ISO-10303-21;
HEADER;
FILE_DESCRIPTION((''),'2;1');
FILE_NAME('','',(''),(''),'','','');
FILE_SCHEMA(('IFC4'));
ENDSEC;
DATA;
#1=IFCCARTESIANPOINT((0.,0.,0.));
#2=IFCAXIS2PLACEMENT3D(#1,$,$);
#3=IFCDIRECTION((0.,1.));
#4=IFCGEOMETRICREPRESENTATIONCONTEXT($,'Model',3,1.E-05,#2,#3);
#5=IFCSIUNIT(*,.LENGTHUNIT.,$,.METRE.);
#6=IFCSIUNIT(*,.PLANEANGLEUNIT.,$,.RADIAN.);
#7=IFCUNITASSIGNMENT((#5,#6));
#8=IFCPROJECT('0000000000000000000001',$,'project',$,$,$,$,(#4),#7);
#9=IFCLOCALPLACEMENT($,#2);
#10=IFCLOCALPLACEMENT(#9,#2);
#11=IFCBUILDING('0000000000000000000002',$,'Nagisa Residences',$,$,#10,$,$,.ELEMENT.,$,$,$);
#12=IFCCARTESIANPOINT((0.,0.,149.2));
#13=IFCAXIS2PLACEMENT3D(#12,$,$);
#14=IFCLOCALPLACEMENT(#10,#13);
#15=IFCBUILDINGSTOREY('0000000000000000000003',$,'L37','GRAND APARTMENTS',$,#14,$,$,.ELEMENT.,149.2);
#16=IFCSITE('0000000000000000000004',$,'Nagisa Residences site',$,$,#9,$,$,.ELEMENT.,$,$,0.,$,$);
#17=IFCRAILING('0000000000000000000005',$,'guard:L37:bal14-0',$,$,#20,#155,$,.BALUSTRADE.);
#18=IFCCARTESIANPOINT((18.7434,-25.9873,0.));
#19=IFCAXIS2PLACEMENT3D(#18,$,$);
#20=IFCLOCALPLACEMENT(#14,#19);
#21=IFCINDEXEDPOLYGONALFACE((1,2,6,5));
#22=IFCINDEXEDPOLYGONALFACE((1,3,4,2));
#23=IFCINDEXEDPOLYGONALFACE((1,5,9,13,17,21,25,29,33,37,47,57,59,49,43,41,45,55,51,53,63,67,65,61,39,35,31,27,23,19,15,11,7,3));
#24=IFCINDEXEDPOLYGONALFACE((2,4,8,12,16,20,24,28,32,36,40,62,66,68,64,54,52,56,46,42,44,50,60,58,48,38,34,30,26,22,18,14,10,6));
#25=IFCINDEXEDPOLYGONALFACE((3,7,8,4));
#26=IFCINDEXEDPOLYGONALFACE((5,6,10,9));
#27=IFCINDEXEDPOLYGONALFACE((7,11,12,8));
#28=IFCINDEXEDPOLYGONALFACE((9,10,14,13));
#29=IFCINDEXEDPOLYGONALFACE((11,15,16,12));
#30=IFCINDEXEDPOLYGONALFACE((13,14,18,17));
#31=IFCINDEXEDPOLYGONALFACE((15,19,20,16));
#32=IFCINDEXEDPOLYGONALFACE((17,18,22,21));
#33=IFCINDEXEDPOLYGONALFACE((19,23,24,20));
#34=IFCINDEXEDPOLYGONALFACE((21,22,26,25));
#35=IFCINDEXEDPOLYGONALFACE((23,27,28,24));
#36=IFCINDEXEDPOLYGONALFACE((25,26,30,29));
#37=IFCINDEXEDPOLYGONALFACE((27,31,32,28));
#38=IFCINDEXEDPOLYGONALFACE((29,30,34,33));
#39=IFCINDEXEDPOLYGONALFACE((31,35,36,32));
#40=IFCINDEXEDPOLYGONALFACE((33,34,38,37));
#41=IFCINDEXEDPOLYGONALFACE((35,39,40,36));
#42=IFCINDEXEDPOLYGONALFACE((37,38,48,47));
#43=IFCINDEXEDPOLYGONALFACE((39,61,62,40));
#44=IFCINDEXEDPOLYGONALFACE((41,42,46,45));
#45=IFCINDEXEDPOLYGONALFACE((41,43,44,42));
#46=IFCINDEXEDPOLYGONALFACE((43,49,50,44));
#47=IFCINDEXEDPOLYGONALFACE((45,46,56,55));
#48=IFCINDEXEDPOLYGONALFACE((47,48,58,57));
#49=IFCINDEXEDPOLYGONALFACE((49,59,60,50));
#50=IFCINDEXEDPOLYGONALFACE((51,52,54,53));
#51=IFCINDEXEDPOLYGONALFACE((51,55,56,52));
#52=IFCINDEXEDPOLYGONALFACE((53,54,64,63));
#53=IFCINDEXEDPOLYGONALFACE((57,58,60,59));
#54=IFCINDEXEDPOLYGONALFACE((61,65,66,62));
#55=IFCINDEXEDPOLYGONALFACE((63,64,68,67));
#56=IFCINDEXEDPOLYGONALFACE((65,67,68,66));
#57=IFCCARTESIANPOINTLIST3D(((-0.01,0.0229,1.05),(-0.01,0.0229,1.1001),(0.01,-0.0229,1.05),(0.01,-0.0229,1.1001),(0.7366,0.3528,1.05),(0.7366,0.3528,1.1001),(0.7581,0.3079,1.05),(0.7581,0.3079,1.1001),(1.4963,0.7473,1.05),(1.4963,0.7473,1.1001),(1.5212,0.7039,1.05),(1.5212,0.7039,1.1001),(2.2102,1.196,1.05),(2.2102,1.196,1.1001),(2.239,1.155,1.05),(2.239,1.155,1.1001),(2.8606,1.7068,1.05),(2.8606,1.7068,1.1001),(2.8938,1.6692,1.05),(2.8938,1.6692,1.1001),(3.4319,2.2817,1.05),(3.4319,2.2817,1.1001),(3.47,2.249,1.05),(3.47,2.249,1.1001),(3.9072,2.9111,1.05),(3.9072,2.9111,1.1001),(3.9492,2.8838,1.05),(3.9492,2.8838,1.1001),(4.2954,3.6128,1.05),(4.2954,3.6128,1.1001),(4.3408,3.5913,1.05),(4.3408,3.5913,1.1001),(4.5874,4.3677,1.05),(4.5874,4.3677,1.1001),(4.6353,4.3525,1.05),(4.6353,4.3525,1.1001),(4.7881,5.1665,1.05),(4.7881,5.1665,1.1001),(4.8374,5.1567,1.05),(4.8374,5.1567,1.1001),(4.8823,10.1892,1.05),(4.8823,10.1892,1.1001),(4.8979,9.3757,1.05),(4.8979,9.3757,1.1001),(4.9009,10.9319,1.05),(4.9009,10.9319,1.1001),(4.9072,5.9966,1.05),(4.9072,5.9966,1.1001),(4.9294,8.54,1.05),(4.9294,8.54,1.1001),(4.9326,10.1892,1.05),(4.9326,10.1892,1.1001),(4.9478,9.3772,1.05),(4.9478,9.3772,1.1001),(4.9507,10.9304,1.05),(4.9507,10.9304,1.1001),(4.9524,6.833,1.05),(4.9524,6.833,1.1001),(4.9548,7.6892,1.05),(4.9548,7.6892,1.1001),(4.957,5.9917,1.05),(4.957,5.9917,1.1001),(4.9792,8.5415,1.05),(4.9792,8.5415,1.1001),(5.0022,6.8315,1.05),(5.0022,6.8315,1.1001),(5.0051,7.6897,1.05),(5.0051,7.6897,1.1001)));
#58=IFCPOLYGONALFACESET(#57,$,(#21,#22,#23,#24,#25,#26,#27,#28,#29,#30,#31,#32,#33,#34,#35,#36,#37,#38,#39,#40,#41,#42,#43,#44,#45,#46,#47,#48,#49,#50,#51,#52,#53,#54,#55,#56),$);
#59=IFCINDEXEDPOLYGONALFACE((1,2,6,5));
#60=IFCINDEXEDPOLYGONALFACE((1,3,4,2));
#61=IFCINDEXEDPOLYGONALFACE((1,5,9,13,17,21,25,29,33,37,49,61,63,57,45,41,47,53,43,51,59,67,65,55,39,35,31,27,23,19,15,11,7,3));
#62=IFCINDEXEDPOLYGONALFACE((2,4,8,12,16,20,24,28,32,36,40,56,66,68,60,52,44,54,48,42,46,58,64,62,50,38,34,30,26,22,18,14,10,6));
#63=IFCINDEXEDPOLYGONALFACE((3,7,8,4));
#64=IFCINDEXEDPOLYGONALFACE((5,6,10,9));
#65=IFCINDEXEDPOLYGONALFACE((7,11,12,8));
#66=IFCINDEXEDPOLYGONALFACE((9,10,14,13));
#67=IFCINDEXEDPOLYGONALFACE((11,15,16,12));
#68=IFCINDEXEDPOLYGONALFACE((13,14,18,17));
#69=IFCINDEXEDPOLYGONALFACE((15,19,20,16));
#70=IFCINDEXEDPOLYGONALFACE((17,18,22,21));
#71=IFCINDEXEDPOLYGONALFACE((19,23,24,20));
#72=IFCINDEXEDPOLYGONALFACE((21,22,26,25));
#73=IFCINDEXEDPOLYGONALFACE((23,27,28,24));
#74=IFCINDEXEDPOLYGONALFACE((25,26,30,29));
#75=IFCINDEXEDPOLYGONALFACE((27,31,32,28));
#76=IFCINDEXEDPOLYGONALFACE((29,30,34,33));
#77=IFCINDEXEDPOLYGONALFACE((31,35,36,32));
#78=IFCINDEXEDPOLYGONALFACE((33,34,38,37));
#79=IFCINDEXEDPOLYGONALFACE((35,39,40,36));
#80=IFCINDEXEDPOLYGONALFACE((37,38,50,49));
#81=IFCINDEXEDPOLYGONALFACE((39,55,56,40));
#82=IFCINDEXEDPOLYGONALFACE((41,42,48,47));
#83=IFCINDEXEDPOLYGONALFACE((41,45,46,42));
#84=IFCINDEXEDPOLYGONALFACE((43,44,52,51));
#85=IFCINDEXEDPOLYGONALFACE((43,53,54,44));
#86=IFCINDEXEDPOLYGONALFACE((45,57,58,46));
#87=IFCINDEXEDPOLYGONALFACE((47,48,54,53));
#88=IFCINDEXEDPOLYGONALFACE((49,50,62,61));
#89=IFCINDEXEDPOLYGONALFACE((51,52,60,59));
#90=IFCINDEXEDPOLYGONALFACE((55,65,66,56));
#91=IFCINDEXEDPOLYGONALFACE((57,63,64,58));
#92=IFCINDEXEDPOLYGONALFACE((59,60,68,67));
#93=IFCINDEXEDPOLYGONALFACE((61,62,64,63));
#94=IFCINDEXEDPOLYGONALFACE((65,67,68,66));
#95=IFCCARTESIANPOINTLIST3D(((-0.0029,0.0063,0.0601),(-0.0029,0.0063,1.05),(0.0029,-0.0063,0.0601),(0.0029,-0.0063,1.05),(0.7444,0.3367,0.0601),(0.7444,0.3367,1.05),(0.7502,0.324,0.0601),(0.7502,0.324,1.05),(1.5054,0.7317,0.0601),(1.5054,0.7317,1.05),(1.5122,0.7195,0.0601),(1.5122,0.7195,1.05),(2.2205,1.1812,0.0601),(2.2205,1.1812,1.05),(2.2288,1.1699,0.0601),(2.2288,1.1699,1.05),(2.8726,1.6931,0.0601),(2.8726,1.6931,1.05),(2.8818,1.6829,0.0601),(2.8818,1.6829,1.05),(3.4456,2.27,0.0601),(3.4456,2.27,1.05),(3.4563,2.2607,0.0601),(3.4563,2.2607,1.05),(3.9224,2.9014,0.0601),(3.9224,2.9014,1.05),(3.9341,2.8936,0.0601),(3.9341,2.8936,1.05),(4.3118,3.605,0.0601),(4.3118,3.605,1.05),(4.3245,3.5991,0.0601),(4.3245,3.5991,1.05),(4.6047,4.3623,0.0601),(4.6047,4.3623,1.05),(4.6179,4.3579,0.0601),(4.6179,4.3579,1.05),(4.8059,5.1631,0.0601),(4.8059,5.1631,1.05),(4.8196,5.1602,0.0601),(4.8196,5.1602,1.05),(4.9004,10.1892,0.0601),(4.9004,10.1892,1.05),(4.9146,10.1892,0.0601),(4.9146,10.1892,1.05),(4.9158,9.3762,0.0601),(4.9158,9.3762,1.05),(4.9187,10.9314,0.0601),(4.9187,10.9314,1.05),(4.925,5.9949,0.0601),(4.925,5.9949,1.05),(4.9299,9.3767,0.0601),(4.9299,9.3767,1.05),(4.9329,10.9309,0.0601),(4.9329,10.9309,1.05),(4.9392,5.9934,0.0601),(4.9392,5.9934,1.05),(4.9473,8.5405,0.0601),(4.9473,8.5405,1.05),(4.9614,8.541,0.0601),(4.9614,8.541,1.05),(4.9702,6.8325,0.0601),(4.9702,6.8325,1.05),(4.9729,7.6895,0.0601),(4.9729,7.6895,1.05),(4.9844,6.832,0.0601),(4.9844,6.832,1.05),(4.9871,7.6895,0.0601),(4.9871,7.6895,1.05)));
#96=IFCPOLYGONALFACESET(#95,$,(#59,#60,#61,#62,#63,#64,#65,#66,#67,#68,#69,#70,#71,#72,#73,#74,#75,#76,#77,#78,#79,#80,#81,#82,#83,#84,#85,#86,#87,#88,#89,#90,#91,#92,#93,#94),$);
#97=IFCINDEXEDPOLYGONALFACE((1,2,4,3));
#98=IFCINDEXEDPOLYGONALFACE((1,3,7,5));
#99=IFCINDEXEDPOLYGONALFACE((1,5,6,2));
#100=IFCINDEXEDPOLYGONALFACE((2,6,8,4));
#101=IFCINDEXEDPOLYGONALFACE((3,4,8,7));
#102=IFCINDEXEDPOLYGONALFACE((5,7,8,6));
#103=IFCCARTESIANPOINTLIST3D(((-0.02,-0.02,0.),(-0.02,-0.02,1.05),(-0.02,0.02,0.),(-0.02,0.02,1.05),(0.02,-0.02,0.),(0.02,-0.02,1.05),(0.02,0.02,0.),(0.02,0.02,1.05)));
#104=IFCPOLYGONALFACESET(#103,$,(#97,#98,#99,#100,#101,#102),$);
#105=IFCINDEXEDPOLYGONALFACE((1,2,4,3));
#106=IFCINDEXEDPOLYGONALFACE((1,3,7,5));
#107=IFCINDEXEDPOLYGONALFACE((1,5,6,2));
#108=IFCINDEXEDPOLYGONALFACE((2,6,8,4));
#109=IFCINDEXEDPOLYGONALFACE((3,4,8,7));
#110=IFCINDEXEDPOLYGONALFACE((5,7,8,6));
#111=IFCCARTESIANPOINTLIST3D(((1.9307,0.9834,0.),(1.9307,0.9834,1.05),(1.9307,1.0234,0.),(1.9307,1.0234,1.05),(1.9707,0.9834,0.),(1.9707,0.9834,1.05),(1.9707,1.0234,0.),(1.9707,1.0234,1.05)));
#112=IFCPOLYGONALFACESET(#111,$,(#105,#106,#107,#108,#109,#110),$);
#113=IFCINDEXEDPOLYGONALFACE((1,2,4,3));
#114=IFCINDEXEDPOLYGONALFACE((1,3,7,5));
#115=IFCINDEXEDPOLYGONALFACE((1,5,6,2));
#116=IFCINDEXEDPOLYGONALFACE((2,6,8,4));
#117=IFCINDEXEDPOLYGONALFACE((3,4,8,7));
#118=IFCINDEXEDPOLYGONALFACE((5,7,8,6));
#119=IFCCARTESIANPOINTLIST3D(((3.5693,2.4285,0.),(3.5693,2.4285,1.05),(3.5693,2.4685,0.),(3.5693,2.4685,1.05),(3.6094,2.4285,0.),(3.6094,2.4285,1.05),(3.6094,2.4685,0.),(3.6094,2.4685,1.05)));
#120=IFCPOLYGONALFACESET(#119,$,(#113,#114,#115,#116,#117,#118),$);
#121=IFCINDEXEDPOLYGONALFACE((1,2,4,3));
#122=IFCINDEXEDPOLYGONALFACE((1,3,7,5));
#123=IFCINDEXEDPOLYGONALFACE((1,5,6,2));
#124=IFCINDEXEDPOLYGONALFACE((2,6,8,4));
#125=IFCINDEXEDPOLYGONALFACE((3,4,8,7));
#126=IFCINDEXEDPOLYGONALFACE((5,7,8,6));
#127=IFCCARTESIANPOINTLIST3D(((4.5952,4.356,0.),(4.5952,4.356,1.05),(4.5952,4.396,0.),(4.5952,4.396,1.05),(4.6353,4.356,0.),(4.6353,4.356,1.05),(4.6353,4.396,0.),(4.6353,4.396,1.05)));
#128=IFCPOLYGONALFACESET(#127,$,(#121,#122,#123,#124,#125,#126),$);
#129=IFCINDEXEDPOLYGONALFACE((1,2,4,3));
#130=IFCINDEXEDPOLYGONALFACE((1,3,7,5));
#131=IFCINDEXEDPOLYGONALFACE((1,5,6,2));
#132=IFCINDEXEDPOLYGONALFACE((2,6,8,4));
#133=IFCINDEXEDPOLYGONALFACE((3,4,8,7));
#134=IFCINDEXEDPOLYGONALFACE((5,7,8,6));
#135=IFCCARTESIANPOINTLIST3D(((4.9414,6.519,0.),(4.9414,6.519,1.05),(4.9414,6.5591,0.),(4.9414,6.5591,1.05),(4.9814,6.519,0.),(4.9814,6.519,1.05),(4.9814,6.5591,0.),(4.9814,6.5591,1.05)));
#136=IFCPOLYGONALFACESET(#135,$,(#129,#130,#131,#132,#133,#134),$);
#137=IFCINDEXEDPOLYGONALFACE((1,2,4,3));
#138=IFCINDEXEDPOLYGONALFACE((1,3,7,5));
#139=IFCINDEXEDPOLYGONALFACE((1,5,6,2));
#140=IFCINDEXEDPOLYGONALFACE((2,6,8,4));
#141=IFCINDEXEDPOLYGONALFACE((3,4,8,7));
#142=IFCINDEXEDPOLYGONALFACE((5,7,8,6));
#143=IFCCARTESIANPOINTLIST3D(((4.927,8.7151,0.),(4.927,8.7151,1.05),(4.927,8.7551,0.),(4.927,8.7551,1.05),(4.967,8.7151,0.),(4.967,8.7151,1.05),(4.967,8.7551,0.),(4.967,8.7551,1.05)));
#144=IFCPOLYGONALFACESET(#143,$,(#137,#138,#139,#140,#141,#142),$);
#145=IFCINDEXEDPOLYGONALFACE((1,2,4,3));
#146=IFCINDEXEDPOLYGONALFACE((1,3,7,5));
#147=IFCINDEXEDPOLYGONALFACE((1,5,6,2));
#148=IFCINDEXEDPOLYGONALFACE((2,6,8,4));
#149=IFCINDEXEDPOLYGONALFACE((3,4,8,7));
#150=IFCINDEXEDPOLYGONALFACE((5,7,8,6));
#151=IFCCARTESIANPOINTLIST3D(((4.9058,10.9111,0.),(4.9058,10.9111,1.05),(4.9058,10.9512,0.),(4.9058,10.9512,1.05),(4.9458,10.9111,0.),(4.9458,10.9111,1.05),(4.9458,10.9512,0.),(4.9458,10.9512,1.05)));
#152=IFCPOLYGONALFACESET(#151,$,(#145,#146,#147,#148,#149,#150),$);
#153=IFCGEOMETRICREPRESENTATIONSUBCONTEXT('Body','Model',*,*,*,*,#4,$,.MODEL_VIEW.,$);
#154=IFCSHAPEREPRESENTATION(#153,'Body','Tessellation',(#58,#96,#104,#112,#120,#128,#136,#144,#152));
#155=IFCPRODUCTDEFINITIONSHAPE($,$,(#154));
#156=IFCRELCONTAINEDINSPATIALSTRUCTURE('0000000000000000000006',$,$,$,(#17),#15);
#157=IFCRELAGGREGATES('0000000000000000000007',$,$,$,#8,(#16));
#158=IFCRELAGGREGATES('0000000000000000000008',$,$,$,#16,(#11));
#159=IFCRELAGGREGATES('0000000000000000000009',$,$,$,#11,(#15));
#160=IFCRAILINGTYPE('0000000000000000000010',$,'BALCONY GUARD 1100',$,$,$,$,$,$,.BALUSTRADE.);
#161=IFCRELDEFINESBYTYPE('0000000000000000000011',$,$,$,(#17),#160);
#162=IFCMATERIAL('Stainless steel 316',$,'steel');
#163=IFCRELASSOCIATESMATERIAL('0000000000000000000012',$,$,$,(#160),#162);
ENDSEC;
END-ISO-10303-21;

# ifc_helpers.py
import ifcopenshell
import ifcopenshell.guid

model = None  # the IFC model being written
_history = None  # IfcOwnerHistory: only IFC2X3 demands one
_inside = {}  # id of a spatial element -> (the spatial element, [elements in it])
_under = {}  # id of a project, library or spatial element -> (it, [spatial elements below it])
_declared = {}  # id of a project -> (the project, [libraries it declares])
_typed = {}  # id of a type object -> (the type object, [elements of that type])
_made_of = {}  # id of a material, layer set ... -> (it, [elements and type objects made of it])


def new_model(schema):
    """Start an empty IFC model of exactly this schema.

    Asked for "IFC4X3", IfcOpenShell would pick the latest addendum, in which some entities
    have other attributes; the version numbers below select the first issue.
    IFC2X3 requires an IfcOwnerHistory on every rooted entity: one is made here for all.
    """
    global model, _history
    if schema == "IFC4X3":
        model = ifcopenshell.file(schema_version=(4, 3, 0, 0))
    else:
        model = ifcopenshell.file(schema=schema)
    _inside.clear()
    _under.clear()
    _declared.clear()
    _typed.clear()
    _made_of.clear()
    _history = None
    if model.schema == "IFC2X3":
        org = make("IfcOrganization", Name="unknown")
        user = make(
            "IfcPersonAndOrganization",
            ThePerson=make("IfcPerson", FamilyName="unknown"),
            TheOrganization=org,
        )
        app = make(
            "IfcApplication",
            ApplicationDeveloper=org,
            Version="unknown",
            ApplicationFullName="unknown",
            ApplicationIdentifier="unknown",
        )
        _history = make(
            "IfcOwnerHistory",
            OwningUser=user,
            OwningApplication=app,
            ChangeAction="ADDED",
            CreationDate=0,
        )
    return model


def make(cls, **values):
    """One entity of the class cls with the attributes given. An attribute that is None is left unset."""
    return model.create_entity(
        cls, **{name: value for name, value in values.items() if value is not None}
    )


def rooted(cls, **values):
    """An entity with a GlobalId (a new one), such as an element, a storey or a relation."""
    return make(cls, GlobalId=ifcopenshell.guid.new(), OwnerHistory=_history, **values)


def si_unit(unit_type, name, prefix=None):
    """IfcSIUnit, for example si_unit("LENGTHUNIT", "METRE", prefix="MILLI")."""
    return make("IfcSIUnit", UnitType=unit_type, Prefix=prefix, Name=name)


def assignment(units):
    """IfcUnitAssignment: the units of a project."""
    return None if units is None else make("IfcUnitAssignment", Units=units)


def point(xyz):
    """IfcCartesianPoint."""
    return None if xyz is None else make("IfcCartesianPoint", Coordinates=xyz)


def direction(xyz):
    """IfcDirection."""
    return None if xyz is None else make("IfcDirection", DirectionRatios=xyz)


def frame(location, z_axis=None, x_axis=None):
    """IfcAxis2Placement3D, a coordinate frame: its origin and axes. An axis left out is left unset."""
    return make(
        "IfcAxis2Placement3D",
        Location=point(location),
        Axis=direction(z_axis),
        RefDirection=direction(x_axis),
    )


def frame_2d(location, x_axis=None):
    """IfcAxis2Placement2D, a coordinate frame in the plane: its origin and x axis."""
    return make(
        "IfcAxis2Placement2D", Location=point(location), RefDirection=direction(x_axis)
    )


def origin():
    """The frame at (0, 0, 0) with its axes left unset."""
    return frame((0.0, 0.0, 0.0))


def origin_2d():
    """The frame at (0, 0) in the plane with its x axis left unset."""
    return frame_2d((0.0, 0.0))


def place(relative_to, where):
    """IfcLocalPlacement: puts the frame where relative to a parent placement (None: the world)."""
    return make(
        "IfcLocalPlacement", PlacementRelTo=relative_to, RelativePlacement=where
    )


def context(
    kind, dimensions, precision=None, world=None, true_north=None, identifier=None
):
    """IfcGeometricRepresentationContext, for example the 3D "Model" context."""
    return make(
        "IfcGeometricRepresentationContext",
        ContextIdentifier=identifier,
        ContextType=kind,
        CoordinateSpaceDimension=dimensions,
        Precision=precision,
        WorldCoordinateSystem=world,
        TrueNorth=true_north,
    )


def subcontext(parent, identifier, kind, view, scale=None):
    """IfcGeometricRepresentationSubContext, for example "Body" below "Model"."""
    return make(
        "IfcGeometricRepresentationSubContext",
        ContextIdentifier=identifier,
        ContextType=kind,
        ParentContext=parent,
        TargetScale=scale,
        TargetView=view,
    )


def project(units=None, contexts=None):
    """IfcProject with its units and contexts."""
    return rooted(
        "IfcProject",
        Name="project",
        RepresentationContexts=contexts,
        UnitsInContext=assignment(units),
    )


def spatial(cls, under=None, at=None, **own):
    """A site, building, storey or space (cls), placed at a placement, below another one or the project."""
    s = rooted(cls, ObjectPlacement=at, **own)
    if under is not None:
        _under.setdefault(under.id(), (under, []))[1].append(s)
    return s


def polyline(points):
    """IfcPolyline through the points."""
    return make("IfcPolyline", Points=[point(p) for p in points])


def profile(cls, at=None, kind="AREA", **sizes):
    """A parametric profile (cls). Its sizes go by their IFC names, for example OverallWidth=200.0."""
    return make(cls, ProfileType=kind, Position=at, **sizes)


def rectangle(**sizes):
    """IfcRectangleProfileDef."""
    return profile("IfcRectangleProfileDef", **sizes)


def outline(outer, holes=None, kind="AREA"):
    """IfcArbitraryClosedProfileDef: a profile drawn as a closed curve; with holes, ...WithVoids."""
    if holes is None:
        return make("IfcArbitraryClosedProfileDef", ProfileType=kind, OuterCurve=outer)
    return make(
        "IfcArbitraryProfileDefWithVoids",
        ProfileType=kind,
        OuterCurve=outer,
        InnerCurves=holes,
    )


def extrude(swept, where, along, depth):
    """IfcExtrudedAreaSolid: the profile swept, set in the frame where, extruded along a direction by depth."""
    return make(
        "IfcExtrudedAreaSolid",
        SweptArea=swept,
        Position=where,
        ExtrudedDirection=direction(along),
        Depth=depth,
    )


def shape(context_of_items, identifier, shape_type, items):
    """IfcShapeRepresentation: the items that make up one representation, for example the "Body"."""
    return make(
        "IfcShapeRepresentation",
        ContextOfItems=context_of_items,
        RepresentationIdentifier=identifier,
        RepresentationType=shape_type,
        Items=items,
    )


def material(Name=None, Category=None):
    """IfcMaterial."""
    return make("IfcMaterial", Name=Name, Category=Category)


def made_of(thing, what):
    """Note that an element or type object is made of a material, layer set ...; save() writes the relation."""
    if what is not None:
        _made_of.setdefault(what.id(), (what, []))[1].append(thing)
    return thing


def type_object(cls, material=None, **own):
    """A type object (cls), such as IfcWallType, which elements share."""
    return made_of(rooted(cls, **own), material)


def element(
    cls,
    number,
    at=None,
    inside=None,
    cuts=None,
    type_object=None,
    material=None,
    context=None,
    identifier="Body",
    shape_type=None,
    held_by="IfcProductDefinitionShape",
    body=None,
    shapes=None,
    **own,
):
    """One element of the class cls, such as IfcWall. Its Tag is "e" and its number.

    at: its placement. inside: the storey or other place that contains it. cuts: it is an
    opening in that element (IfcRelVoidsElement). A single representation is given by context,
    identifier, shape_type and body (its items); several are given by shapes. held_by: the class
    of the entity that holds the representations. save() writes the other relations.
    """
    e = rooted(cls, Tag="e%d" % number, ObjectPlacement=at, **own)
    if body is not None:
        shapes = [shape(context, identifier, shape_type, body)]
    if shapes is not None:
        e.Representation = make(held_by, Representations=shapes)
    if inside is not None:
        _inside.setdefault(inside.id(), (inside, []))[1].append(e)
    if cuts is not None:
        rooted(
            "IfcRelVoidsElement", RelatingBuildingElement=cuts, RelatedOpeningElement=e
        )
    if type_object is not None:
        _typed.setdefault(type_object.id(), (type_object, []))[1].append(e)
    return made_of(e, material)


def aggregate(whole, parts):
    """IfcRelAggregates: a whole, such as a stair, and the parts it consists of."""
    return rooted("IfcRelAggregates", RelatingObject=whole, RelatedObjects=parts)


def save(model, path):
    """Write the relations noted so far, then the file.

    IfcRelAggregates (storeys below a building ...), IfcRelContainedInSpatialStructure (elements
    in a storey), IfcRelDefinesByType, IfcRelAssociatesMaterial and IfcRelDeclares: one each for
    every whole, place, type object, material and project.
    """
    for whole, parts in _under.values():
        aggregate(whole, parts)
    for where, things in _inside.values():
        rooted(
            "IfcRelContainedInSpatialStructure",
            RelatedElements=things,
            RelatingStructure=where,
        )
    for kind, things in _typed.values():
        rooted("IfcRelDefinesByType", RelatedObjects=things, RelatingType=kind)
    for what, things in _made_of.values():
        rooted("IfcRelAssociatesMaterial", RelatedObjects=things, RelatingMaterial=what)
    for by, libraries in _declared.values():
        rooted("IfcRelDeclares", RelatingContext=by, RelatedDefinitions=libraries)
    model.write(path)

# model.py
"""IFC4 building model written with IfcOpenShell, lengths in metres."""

from ifc_helpers import new_model, si_unit, direction, frame, origin, origin_2d, place, context, subcontext, project, spatial, polyline, rectangle, outline, extrude, material, type_object, element, save


model = new_model("IFC4")

# Units and contexts
model_context = context("Model", 3, precision=1e-05, world=origin(), true_north=direction((0.0, 1.0)))
body_context = subcontext(model_context, "Body", "Model", "MODEL_VIEW")
ifc_project = project(units=[si_unit("LENGTHUNIT", "METRE"), si_unit("PLANEANGLEUNIT", "RADIAN")], contexts=[model_context])

# Site, building, storey
site_placement = place(None, origin())
site = spatial("IfcSite", under=ifc_project, at=site_placement, Name="Nagisa Residences site", CompositionType="ELEMENT", RefElevation=0.0)
building_placement = place(site_placement, origin())
building = spatial("IfcBuilding", under=site, at=building_placement, Name="Nagisa Residences", CompositionType="ELEMENT")
storey_placement = place(building_placement, frame((0.0, 0.0, 149.2)))
storey = spatial("IfcBuildingStorey", under=building, at=storey_placement, Name="L37", Description="GRAND APARTMENTS", CompositionType="ELEMENT", Elevation=149.2)

# Railing
ifc_material_1 = material(Name="Stainless steel 316", Category="steel")
railing_type = type_object("IfcRailingType", Name="BALCONY GUARD 1100", PredefinedType="BALUSTRADE", material=ifc_material_1)
railing_1_placement = place(storey_placement, frame((18.7434, -25.9873, 0.0)))
element("IfcRailing", 1, at=railing_1_placement, inside=storey, type_object=railing_type, Name="guard:L37:bal14-0", PredefinedType="BALUSTRADE", context=body_context, shape_type="SweptSolid", body=[
    extrude(outline(polyline([(0.7366, 0.3528), (-0.01, 0.0229), (0.01, -0.0229), (0.7581, 0.3079), (1.5212, 0.7039), (2.239, 1.155), (2.8938, 1.6692), (3.47, 2.249), (3.9492, 2.8838), (4.3408, 3.5913), (4.6353, 4.3525), (4.8374, 5.1567), (4.957, 5.9917), (5.0022, 6.8315), (5.0051, 7.6897), (4.9792, 8.5415), (4.9478, 9.3772), (4.9326, 10.1892), (4.9507, 10.9304), (4.9009, 10.9319), (4.8823, 10.1892), (4.8979, 9.3757), (4.9294, 8.54), (4.9548, 7.6892), (4.9524, 6.833), (4.9072, 5.9966), (4.7881, 5.1665), (4.5874, 4.3677), (4.2954, 3.6128), (3.9072, 2.9111), (3.4319, 2.2817), (2.8606, 1.7068), (2.2102, 1.196), (1.4963, 0.7473), (0.7366, 0.3528)])), frame((0.0, 0.0, 1.05)), (0.0, 0.0, 1.0), 0.05),
    extrude(outline(polyline([(0.7444, 0.3367), (-0.0029, 0.0063), (0.0029, -0.0063), (0.7502, 0.324), (1.5122, 0.7195), (2.2288, 1.1699), (2.8818, 1.6829), (3.4563, 2.2607), (3.9341, 2.8936), (4.3245, 3.5991), (4.6179, 4.3579), (4.8196, 5.1602), (4.9392, 5.9934), (4.9844, 6.832), (4.9871, 7.6895), (4.9614, 8.541), (4.9299, 9.3767), (4.9146, 10.1892), (4.9329, 10.9309), (4.9187, 10.9314), (4.9004, 10.1892), (4.9158, 9.3762), (4.9473, 8.5405), (4.9729, 7.6895), (4.9702, 6.8325), (4.925, 5.9949), (4.8059, 5.1631), (4.6047, 4.3623), (4.3118, 3.605), (3.9224, 2.9014), (3.4456, 2.27), (2.8726, 1.6931), (2.2205, 1.1812), (1.5054, 0.7317), (0.7444, 0.3367)])), frame((0.0, 0.0, 0.0601)), (0.0, 0.0, 1.0), 0.99),
    extrude(rectangle(XDim=0.04, YDim=0.04, at=origin_2d()), origin(), (0.0, 0.0, 1.0), 1.05),
    extrude(rectangle(XDim=0.04, YDim=0.04, at=origin_2d()), frame((1.9507, 1.0034, 0.0)), (0.0, 0.0, 1.0), 1.05),
    extrude(rectangle(XDim=0.04, YDim=0.04, at=origin_2d()), frame((3.5894, 2.4485, 0.0)), (0.0, 0.0, 1.0), 1.05),
    extrude(rectangle(XDim=0.04, YDim=0.04, at=origin_2d()), frame((4.6152, 4.376, 0.0)), (0.0, 0.0, 1.0), 1.05),
    extrude(rectangle(XDim=0.04, YDim=0.04, at=origin_2d()), frame((4.9614, 6.5391, 0.0)), (0.0, 0.0, 1.0), 1.05),
    extrude(rectangle(XDim=0.04, YDim=0.04, at=origin_2d()), frame((4.947, 8.7351, 0.0)), (0.0, 0.0, 1.0), 1.05),
    extrude(rectangle(XDim=0.04, YDim=0.04, at=origin_2d()), frame((4.9258, 10.9312, 0.0)), (0.0, 0.0, 1.0), 1.05),
])

save(model, "model.ifc")
